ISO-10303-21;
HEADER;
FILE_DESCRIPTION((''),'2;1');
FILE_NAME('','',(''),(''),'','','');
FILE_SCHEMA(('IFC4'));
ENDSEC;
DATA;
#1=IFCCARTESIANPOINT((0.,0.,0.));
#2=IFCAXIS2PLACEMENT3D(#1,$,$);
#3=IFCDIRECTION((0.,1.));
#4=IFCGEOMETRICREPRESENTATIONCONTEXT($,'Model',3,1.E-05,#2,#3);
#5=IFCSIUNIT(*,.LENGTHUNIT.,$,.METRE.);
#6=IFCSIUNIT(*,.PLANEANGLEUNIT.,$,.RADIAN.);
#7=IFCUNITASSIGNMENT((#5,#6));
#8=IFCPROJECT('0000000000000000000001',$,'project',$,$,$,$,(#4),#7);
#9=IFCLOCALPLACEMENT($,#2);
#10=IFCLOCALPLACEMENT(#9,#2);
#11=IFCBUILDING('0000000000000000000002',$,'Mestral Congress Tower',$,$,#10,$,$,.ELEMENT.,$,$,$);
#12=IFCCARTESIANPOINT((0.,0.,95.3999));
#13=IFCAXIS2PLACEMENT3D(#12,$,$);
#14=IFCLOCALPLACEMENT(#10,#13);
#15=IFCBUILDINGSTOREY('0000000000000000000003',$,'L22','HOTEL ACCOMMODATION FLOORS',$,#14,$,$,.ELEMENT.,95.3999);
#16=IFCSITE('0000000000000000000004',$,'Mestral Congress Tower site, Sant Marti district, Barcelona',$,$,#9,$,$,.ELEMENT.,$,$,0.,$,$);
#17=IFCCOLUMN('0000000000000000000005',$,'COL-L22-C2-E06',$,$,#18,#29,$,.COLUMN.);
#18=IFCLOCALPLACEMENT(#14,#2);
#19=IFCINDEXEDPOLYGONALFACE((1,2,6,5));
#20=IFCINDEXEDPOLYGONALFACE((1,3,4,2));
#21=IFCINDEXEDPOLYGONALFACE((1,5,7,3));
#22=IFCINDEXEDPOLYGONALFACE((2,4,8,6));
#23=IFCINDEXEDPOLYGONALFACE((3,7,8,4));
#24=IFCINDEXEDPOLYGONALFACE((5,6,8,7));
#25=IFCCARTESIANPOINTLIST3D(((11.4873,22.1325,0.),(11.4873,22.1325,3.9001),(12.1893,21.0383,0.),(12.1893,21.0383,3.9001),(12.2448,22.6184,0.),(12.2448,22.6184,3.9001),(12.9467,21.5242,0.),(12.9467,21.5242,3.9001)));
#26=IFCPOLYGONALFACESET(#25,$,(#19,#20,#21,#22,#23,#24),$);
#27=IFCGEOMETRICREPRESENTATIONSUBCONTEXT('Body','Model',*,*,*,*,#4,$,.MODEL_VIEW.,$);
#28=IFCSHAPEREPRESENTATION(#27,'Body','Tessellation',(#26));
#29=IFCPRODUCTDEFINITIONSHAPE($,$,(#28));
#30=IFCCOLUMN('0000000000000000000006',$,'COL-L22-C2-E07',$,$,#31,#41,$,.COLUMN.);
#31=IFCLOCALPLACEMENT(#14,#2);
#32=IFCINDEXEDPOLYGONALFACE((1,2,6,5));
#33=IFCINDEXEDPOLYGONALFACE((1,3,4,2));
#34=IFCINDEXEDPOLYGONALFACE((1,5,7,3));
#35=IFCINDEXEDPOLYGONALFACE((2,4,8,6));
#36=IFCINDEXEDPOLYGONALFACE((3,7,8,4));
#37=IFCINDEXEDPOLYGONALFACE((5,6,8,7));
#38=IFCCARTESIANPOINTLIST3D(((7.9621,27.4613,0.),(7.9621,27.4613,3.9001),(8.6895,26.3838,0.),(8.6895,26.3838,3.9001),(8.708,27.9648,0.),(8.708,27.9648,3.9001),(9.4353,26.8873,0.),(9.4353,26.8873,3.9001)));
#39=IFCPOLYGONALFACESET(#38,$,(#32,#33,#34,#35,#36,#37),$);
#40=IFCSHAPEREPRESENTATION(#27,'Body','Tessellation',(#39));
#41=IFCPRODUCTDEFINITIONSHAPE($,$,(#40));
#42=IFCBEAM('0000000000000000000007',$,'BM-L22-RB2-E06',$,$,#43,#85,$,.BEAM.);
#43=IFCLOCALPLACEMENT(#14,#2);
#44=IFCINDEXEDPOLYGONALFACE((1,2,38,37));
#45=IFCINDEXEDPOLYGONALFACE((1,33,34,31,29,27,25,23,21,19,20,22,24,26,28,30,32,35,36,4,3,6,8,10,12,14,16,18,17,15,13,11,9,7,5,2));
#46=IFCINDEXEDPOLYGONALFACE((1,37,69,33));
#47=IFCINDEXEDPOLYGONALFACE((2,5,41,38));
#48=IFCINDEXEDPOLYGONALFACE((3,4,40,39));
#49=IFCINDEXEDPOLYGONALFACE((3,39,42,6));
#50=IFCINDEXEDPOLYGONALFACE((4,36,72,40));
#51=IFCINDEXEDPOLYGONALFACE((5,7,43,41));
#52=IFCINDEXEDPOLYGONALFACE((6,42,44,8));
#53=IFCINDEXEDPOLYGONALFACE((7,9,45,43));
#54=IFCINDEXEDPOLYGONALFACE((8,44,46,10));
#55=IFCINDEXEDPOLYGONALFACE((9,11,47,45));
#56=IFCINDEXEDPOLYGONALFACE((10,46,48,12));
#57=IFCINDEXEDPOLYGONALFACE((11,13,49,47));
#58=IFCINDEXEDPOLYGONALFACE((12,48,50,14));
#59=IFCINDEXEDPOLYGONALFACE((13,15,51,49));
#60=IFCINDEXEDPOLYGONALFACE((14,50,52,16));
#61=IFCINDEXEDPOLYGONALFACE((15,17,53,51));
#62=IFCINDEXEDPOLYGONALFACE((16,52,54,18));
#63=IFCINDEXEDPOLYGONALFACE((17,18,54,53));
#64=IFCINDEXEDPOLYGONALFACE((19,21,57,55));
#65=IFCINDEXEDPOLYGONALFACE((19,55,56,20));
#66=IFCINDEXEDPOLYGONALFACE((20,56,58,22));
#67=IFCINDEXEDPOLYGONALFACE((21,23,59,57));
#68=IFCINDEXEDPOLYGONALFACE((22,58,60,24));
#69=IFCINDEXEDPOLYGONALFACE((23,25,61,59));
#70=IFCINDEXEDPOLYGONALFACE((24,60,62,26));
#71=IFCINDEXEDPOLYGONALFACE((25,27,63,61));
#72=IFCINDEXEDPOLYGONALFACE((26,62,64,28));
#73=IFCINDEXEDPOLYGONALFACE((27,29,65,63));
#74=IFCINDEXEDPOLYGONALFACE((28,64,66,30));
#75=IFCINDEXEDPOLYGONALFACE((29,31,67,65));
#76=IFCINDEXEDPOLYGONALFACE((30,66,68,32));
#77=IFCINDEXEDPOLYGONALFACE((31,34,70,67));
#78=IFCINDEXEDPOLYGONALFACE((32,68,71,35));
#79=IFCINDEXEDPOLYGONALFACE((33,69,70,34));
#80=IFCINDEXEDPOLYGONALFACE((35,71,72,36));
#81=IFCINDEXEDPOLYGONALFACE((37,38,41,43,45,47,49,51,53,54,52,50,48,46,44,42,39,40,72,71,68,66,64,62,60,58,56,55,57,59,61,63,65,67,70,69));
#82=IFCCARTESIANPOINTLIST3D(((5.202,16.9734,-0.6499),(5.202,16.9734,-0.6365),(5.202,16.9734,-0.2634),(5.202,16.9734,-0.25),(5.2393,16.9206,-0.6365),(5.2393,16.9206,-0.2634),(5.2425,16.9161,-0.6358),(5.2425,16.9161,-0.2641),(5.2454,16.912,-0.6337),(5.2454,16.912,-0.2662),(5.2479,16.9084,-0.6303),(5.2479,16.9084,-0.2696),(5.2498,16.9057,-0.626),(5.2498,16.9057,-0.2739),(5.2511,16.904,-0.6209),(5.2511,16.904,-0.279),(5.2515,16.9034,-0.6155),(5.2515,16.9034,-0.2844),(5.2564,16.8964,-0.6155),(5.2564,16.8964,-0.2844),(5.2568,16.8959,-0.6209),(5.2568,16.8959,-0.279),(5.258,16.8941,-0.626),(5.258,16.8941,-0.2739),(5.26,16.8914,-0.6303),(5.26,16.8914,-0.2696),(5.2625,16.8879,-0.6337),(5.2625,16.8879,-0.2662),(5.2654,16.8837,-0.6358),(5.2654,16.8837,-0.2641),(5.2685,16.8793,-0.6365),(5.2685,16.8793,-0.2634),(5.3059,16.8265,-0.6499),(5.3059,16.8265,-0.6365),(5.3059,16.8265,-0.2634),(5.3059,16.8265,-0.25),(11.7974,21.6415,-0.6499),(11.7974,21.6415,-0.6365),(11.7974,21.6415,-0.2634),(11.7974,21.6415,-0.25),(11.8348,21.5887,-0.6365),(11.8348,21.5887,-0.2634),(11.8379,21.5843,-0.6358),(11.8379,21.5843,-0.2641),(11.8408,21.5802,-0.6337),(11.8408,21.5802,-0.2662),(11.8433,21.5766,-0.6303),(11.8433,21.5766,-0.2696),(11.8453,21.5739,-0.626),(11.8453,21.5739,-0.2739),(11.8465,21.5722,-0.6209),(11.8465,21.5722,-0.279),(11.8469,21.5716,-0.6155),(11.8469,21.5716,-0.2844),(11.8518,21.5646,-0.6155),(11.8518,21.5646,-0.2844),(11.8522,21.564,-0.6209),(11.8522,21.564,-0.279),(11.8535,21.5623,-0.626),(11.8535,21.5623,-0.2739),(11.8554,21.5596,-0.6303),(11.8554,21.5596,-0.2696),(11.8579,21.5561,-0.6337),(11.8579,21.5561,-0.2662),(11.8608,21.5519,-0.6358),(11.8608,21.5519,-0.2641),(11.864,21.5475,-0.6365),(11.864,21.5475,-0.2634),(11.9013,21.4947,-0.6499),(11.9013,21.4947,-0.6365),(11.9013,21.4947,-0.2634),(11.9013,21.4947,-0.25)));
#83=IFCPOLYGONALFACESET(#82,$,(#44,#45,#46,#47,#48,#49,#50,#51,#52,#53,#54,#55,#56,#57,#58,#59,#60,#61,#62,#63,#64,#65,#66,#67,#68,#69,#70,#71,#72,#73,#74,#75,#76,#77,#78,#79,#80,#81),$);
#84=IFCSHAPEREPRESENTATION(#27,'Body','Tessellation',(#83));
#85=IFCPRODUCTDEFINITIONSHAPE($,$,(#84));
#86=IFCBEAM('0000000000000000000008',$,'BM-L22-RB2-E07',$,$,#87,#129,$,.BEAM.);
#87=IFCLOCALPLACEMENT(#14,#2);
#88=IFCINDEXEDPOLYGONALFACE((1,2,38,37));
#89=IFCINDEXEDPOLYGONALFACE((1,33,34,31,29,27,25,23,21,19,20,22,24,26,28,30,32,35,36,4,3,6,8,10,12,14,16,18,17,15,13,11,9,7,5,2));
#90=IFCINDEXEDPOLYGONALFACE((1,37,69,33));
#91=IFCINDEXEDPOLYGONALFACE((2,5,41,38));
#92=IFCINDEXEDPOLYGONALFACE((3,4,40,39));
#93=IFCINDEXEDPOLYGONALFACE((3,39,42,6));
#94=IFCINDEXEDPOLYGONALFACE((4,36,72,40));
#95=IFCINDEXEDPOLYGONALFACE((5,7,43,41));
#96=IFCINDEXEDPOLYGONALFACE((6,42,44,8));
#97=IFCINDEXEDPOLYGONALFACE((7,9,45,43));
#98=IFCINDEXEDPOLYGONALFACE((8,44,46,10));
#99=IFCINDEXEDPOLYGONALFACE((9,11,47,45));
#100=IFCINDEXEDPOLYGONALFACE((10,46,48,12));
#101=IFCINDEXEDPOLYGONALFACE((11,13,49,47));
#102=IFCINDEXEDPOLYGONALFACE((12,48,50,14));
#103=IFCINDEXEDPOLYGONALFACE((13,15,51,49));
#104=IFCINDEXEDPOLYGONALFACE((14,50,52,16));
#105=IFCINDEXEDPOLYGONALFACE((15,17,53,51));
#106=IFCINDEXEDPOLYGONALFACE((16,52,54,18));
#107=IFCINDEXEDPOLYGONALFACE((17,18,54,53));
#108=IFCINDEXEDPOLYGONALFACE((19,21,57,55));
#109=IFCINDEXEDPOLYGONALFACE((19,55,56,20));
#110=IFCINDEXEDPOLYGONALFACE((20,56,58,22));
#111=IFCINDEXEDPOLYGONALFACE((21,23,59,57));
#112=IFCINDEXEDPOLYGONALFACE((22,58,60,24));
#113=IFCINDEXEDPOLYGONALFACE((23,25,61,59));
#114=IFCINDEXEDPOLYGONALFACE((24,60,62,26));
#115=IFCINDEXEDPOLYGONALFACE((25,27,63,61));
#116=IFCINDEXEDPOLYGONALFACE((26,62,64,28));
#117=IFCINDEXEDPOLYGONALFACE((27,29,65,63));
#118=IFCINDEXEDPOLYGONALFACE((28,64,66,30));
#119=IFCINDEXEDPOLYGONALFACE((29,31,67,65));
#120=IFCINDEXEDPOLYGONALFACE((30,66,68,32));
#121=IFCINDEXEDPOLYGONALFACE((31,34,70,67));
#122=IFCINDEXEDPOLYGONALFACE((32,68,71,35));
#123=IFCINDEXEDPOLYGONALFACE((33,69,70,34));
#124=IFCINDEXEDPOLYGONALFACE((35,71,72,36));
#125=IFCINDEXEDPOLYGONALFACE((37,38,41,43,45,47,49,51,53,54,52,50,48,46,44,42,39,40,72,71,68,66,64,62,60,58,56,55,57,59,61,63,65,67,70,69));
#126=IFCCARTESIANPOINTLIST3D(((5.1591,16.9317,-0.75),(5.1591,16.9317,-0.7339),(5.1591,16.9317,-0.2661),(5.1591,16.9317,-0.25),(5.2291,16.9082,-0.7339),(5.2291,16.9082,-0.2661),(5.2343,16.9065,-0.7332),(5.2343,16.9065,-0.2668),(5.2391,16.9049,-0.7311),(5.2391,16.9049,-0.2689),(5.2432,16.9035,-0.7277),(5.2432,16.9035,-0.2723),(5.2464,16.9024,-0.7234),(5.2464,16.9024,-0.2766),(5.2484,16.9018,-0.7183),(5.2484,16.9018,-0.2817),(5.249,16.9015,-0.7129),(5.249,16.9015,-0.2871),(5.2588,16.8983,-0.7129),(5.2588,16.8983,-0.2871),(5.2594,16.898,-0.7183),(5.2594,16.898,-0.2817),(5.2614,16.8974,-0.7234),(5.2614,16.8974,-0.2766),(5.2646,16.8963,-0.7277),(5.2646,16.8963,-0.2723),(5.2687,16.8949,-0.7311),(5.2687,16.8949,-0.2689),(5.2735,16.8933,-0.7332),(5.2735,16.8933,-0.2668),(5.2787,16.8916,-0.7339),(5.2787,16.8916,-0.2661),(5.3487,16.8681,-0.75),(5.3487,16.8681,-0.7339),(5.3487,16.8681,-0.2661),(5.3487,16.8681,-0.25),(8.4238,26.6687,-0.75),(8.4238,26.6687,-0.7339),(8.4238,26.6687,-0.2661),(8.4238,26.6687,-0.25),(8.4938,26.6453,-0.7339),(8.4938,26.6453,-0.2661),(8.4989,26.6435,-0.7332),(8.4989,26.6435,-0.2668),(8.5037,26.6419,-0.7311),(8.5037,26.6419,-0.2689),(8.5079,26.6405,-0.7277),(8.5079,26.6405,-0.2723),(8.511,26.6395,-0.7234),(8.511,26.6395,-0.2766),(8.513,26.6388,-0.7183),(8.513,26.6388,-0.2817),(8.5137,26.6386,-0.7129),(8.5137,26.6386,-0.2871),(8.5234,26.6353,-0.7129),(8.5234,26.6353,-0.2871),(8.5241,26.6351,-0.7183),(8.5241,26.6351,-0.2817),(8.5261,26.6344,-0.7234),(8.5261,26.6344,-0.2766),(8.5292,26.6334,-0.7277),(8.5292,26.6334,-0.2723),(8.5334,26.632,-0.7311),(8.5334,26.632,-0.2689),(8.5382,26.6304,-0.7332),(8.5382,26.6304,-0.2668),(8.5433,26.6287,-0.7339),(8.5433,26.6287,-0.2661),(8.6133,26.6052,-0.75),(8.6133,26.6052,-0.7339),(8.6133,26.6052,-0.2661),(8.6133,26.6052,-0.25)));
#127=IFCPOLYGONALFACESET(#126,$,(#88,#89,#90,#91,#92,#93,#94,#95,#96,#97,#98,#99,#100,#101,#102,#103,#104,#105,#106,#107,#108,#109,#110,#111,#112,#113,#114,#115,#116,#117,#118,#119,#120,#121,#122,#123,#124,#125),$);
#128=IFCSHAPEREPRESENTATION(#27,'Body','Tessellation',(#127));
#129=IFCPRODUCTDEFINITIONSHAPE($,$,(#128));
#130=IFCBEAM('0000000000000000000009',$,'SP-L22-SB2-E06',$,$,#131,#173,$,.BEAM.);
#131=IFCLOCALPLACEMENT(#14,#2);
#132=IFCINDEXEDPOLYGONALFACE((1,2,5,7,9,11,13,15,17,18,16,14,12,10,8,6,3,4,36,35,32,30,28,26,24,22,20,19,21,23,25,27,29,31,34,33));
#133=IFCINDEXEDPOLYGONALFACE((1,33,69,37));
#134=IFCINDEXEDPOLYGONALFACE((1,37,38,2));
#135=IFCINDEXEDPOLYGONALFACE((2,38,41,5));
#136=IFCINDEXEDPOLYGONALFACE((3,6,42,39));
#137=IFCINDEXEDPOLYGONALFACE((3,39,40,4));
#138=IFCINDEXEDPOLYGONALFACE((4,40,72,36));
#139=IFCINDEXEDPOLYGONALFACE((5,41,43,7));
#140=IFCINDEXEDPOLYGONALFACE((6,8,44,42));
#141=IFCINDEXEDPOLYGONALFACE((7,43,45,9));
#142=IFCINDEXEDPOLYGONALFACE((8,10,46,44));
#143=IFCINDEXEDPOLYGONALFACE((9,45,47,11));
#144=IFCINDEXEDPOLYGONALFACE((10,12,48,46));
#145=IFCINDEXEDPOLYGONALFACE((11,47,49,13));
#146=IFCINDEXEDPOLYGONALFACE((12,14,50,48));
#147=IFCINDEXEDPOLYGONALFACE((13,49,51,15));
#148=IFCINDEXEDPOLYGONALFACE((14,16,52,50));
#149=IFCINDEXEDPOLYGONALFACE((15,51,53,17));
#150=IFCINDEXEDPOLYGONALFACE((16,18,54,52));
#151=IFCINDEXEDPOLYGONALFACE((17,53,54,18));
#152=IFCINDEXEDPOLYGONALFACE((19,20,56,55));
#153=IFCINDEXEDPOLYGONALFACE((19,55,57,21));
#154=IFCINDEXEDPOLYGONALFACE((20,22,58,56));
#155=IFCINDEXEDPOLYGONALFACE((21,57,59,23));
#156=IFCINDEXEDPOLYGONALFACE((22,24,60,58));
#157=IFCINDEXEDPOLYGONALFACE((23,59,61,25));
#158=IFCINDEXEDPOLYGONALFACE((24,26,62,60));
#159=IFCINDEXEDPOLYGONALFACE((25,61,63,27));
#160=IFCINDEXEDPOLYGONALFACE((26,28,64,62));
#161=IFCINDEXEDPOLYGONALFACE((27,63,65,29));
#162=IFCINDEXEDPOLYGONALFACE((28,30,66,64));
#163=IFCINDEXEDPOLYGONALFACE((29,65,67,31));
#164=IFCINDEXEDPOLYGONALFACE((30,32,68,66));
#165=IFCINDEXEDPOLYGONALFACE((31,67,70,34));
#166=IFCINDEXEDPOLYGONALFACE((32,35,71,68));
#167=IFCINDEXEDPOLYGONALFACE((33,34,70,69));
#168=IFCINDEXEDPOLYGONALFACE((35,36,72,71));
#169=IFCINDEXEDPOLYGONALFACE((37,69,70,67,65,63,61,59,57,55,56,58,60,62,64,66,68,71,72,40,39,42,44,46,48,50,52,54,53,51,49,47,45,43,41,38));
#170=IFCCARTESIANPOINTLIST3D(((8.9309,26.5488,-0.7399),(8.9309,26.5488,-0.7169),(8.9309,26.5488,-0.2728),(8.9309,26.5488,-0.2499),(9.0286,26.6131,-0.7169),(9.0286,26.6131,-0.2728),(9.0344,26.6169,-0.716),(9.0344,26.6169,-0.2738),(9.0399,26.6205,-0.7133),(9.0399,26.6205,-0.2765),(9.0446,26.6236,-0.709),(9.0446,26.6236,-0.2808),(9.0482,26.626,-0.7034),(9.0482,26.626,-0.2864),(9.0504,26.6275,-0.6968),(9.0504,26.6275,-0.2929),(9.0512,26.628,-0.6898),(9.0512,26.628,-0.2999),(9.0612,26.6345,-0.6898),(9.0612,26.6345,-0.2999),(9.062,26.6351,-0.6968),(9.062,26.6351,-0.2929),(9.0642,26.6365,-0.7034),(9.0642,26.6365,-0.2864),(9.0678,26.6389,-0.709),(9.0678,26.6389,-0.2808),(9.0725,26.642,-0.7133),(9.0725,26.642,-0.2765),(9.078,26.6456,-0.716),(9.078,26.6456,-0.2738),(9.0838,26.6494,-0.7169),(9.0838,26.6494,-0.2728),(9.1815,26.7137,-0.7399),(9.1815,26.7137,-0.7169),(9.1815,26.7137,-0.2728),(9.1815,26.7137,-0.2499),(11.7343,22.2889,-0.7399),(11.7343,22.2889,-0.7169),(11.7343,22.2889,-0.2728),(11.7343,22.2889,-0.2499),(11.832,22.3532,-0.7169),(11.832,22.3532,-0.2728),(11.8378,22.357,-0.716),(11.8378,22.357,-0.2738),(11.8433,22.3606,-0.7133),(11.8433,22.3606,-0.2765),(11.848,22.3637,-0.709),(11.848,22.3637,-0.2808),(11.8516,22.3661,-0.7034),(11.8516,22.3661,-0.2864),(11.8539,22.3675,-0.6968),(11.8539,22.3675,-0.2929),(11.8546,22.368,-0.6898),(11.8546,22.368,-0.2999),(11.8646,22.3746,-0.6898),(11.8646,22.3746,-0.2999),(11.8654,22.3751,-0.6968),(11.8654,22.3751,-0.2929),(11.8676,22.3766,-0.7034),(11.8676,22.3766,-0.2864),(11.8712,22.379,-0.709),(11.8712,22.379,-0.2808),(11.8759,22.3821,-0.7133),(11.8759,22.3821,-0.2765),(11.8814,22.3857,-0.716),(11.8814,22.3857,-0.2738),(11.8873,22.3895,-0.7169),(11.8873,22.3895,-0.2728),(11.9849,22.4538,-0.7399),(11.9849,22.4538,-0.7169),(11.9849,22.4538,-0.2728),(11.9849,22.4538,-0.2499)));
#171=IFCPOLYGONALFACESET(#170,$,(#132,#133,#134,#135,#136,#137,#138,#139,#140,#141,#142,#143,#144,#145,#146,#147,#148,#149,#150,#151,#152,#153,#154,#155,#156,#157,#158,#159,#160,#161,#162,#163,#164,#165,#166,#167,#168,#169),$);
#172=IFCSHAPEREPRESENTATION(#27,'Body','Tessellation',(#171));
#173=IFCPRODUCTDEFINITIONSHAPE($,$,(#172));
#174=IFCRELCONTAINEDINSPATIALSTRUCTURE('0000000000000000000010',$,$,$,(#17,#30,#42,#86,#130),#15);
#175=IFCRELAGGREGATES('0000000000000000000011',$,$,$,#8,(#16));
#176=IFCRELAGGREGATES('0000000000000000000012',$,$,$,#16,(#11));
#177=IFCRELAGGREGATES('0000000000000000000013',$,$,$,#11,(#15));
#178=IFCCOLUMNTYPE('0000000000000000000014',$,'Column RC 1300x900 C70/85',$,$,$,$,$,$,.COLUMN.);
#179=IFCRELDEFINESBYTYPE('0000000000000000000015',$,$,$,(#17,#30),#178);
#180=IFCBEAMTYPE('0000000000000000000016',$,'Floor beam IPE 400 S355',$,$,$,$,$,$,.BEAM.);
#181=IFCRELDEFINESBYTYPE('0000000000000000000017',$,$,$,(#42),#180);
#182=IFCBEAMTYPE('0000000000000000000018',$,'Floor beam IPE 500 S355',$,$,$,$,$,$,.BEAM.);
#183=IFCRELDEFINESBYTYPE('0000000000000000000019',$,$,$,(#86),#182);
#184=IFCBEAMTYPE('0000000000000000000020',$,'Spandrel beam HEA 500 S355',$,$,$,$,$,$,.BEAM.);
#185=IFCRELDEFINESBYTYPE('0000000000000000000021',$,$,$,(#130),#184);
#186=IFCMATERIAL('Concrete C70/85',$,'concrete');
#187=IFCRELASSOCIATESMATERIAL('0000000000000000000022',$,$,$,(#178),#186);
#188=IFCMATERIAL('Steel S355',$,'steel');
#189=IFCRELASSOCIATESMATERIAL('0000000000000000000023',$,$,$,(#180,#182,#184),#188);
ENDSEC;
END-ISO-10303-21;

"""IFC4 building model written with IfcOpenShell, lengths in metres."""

from ifc_helpers import new_model, si_unit, direction, frame, origin, origin_2d, place, context, subcontext, project, spatial, rectangle, i_section, extrude, material, material_profile, profile_set, type_object, element, save


model = new_model("IFC4")

# Units and contexts
model_context = context("Model", 3, precision=1e-05, world=origin(), true_north=direction((0.0, 1.0)))
body_context = subcontext(model_context, "Body", "Model", "MODEL_VIEW")
ifc_project = project(units=[si_unit("LENGTHUNIT", "METRE"), si_unit("PLANEANGLEUNIT", "RADIAN")], contexts=[model_context])

# Site, building, storey
site_placement = place(None, origin())
site = spatial("IfcSite", under=ifc_project, at=site_placement, Name="Mestral Congress Tower site, Sant Marti district, Barcelona", CompositionType="ELEMENT", RefElevation=0.0)
building_placement = place(site_placement, origin())
building = spatial("IfcBuilding", under=site, at=building_placement, Name="Mestral Congress Tower", CompositionType="ELEMENT")
storey_placement = place(building_placement, frame((0.0, 0.0, 95.3999)))
storey = spatial("IfcBuildingStorey", under=building, at=storey_placement, Name="L22", Description="HOTEL ACCOMMODATION FLOORS", CompositionType="ELEMENT", Elevation=95.3999)

# Columns
ifc_material_1 = material(Name="Concrete C70/85", Category="concrete")
ifc_material_profile_1 = material_profile(ifc_material_1, rectangle(XDim=1.3, YDim=0.8999, at=origin_2d()), Name="RC 1300x900")
ifc_profile_set_1 = profile_set([ifc_material_profile_1], Name="Concrete C70/85")
column_type = type_object("IfcColumnType", Name="Column RC 1300x900 C70/85", PredefinedType="COLUMN", material=ifc_profile_set_1)
for number, where, z_axis, x_axis, name in (
    (1, (12.217, 21.8284, 0.0), (0.0, 0.0, 1.0), (-0.539945, 0.8417, 0.0), "COL-L22-C2-E06"),
    (2, (8.6987, 27.1743, 0.0), (0.0, 0.0, 1.0), (-0.559479, 0.828844, 0.0), "COL-L22-C2-E07"),
):
    element("IfcColumn", number, at=place(storey_placement, frame(where, z_axis=z_axis, x_axis=x_axis)), inside=storey, type_object=column_type, Name=name, PredefinedType="COLUMN", context=body_context, shape_type="SweptSolid", body=[
        extrude(rectangle(XDim=1.3, YDim=0.8999, at=origin_2d()), origin(), (0.0, 0.0, 1.0), 3.9001),
    ])

# Beams
ifc_material_2 = material(Name="Steel S355", Category="steel")
ifc_material_profile_2 = material_profile(ifc_material_2, i_section(OverallWidth=0.1799, OverallDepth=0.3999, WebThickness=0.0085, FlangeThickness=0.0134, FilletRadius=0.021, at=origin_2d()), Name="IPE 400")
ifc_profile_set_2 = profile_set([ifc_material_profile_2], Name="Steel S355")
beam_type_1 = type_object("IfcBeamType", Name="Floor beam IPE 400 S355", PredefinedType="BEAM", material=ifc_profile_set_2)
beam_1_placement = place(storey_placement, frame((11.8494, 21.5681, -0.45), z_axis=(-0.816233, -0.577723, 0.0), x_axis=(0.577723, -0.816233, 0.0)))
element("IfcBeam", 3, at=beam_1_placement, inside=storey, type_object=beam_type_1, Name="BM-L22-RB2-E06", PredefinedType="BEAM", context=body_context, shape_type="SweptSolid", body=[
    extrude(i_section(OverallWidth=0.1799, OverallDepth=0.3999, WebThickness=0.0085, FlangeThickness=0.0134, FilletRadius=0.021, at=origin_2d()), origin(), (0.0, 0.0, 1.0), 8.0803),
])
ifc_material_profile_3 = material_profile(ifc_material_2, i_section(OverallWidth=0.2, OverallDepth=0.5, WebThickness=0.0103, FlangeThickness=0.0161, FilletRadius=0.021, at=origin_2d()), Name="IPE 500")
ifc_profile_set_3 = profile_set([ifc_material_profile_3], Name="Steel S355")
beam_type_2 = type_object("IfcBeamType", Name="Floor beam IPE 500 S355", PredefinedType="BEAM", material=ifc_profile_set_3)
beam_2_placement = place(storey_placement, frame((8.5186, 26.637, -0.5), z_axis=(-0.317889, -0.948128, 0.0), x_axis=(0.948128, -0.317889, 0.0)))
element("IfcBeam", 4, at=beam_2_placement, inside=storey, type_object=beam_type_2, Name="BM-L22-RB2-E07", PredefinedType="BEAM", context=body_context, shape_type="SweptSolid", body=[
    extrude(i_section(OverallWidth=0.2, OverallDepth=0.5, WebThickness=0.0103, FlangeThickness=0.0161, FilletRadius=0.021, at=origin_2d()), origin(), (0.0, 0.0, 1.0), 10.2698),
])
ifc_material_profile_4 = material_profile(ifc_material_2, i_section(OverallWidth=0.3, OverallDepth=0.49, WebThickness=0.012, FlangeThickness=0.0229, FilletRadius=0.0271, at=origin_2d()), Name="HEA 500")
ifc_profile_set_4 = profile_set([ifc_material_profile_4], Name="Steel S355")
beam_type_3 = type_object("IfcBeamType", Name="Spandrel beam HEA 500 S355", PredefinedType="BEAM", material=ifc_profile_set_4)
beam_3_placement = place(storey_placement, frame((11.8596, 22.3713, -0.4949), z_axis=(-0.54973, 0.835342, 0.0), x_axis=(-0.835342, -0.54973, 0.0)))
element("IfcBeam", 5, at=beam_3_placement, inside=storey, type_object=beam_type_3, Name="SP-L22-SB2-E06", PredefinedType="BEAM", context=body_context, shape_type="SweptSolid", body=[
    extrude(i_section(OverallWidth=0.3, OverallDepth=0.49, WebThickness=0.012, FlangeThickness=0.0229, FilletRadius=0.0271, at=origin_2d()), origin(), (0.0, 0.0, 1.0), 5.0996),
])

save(model, "model.ifc")
